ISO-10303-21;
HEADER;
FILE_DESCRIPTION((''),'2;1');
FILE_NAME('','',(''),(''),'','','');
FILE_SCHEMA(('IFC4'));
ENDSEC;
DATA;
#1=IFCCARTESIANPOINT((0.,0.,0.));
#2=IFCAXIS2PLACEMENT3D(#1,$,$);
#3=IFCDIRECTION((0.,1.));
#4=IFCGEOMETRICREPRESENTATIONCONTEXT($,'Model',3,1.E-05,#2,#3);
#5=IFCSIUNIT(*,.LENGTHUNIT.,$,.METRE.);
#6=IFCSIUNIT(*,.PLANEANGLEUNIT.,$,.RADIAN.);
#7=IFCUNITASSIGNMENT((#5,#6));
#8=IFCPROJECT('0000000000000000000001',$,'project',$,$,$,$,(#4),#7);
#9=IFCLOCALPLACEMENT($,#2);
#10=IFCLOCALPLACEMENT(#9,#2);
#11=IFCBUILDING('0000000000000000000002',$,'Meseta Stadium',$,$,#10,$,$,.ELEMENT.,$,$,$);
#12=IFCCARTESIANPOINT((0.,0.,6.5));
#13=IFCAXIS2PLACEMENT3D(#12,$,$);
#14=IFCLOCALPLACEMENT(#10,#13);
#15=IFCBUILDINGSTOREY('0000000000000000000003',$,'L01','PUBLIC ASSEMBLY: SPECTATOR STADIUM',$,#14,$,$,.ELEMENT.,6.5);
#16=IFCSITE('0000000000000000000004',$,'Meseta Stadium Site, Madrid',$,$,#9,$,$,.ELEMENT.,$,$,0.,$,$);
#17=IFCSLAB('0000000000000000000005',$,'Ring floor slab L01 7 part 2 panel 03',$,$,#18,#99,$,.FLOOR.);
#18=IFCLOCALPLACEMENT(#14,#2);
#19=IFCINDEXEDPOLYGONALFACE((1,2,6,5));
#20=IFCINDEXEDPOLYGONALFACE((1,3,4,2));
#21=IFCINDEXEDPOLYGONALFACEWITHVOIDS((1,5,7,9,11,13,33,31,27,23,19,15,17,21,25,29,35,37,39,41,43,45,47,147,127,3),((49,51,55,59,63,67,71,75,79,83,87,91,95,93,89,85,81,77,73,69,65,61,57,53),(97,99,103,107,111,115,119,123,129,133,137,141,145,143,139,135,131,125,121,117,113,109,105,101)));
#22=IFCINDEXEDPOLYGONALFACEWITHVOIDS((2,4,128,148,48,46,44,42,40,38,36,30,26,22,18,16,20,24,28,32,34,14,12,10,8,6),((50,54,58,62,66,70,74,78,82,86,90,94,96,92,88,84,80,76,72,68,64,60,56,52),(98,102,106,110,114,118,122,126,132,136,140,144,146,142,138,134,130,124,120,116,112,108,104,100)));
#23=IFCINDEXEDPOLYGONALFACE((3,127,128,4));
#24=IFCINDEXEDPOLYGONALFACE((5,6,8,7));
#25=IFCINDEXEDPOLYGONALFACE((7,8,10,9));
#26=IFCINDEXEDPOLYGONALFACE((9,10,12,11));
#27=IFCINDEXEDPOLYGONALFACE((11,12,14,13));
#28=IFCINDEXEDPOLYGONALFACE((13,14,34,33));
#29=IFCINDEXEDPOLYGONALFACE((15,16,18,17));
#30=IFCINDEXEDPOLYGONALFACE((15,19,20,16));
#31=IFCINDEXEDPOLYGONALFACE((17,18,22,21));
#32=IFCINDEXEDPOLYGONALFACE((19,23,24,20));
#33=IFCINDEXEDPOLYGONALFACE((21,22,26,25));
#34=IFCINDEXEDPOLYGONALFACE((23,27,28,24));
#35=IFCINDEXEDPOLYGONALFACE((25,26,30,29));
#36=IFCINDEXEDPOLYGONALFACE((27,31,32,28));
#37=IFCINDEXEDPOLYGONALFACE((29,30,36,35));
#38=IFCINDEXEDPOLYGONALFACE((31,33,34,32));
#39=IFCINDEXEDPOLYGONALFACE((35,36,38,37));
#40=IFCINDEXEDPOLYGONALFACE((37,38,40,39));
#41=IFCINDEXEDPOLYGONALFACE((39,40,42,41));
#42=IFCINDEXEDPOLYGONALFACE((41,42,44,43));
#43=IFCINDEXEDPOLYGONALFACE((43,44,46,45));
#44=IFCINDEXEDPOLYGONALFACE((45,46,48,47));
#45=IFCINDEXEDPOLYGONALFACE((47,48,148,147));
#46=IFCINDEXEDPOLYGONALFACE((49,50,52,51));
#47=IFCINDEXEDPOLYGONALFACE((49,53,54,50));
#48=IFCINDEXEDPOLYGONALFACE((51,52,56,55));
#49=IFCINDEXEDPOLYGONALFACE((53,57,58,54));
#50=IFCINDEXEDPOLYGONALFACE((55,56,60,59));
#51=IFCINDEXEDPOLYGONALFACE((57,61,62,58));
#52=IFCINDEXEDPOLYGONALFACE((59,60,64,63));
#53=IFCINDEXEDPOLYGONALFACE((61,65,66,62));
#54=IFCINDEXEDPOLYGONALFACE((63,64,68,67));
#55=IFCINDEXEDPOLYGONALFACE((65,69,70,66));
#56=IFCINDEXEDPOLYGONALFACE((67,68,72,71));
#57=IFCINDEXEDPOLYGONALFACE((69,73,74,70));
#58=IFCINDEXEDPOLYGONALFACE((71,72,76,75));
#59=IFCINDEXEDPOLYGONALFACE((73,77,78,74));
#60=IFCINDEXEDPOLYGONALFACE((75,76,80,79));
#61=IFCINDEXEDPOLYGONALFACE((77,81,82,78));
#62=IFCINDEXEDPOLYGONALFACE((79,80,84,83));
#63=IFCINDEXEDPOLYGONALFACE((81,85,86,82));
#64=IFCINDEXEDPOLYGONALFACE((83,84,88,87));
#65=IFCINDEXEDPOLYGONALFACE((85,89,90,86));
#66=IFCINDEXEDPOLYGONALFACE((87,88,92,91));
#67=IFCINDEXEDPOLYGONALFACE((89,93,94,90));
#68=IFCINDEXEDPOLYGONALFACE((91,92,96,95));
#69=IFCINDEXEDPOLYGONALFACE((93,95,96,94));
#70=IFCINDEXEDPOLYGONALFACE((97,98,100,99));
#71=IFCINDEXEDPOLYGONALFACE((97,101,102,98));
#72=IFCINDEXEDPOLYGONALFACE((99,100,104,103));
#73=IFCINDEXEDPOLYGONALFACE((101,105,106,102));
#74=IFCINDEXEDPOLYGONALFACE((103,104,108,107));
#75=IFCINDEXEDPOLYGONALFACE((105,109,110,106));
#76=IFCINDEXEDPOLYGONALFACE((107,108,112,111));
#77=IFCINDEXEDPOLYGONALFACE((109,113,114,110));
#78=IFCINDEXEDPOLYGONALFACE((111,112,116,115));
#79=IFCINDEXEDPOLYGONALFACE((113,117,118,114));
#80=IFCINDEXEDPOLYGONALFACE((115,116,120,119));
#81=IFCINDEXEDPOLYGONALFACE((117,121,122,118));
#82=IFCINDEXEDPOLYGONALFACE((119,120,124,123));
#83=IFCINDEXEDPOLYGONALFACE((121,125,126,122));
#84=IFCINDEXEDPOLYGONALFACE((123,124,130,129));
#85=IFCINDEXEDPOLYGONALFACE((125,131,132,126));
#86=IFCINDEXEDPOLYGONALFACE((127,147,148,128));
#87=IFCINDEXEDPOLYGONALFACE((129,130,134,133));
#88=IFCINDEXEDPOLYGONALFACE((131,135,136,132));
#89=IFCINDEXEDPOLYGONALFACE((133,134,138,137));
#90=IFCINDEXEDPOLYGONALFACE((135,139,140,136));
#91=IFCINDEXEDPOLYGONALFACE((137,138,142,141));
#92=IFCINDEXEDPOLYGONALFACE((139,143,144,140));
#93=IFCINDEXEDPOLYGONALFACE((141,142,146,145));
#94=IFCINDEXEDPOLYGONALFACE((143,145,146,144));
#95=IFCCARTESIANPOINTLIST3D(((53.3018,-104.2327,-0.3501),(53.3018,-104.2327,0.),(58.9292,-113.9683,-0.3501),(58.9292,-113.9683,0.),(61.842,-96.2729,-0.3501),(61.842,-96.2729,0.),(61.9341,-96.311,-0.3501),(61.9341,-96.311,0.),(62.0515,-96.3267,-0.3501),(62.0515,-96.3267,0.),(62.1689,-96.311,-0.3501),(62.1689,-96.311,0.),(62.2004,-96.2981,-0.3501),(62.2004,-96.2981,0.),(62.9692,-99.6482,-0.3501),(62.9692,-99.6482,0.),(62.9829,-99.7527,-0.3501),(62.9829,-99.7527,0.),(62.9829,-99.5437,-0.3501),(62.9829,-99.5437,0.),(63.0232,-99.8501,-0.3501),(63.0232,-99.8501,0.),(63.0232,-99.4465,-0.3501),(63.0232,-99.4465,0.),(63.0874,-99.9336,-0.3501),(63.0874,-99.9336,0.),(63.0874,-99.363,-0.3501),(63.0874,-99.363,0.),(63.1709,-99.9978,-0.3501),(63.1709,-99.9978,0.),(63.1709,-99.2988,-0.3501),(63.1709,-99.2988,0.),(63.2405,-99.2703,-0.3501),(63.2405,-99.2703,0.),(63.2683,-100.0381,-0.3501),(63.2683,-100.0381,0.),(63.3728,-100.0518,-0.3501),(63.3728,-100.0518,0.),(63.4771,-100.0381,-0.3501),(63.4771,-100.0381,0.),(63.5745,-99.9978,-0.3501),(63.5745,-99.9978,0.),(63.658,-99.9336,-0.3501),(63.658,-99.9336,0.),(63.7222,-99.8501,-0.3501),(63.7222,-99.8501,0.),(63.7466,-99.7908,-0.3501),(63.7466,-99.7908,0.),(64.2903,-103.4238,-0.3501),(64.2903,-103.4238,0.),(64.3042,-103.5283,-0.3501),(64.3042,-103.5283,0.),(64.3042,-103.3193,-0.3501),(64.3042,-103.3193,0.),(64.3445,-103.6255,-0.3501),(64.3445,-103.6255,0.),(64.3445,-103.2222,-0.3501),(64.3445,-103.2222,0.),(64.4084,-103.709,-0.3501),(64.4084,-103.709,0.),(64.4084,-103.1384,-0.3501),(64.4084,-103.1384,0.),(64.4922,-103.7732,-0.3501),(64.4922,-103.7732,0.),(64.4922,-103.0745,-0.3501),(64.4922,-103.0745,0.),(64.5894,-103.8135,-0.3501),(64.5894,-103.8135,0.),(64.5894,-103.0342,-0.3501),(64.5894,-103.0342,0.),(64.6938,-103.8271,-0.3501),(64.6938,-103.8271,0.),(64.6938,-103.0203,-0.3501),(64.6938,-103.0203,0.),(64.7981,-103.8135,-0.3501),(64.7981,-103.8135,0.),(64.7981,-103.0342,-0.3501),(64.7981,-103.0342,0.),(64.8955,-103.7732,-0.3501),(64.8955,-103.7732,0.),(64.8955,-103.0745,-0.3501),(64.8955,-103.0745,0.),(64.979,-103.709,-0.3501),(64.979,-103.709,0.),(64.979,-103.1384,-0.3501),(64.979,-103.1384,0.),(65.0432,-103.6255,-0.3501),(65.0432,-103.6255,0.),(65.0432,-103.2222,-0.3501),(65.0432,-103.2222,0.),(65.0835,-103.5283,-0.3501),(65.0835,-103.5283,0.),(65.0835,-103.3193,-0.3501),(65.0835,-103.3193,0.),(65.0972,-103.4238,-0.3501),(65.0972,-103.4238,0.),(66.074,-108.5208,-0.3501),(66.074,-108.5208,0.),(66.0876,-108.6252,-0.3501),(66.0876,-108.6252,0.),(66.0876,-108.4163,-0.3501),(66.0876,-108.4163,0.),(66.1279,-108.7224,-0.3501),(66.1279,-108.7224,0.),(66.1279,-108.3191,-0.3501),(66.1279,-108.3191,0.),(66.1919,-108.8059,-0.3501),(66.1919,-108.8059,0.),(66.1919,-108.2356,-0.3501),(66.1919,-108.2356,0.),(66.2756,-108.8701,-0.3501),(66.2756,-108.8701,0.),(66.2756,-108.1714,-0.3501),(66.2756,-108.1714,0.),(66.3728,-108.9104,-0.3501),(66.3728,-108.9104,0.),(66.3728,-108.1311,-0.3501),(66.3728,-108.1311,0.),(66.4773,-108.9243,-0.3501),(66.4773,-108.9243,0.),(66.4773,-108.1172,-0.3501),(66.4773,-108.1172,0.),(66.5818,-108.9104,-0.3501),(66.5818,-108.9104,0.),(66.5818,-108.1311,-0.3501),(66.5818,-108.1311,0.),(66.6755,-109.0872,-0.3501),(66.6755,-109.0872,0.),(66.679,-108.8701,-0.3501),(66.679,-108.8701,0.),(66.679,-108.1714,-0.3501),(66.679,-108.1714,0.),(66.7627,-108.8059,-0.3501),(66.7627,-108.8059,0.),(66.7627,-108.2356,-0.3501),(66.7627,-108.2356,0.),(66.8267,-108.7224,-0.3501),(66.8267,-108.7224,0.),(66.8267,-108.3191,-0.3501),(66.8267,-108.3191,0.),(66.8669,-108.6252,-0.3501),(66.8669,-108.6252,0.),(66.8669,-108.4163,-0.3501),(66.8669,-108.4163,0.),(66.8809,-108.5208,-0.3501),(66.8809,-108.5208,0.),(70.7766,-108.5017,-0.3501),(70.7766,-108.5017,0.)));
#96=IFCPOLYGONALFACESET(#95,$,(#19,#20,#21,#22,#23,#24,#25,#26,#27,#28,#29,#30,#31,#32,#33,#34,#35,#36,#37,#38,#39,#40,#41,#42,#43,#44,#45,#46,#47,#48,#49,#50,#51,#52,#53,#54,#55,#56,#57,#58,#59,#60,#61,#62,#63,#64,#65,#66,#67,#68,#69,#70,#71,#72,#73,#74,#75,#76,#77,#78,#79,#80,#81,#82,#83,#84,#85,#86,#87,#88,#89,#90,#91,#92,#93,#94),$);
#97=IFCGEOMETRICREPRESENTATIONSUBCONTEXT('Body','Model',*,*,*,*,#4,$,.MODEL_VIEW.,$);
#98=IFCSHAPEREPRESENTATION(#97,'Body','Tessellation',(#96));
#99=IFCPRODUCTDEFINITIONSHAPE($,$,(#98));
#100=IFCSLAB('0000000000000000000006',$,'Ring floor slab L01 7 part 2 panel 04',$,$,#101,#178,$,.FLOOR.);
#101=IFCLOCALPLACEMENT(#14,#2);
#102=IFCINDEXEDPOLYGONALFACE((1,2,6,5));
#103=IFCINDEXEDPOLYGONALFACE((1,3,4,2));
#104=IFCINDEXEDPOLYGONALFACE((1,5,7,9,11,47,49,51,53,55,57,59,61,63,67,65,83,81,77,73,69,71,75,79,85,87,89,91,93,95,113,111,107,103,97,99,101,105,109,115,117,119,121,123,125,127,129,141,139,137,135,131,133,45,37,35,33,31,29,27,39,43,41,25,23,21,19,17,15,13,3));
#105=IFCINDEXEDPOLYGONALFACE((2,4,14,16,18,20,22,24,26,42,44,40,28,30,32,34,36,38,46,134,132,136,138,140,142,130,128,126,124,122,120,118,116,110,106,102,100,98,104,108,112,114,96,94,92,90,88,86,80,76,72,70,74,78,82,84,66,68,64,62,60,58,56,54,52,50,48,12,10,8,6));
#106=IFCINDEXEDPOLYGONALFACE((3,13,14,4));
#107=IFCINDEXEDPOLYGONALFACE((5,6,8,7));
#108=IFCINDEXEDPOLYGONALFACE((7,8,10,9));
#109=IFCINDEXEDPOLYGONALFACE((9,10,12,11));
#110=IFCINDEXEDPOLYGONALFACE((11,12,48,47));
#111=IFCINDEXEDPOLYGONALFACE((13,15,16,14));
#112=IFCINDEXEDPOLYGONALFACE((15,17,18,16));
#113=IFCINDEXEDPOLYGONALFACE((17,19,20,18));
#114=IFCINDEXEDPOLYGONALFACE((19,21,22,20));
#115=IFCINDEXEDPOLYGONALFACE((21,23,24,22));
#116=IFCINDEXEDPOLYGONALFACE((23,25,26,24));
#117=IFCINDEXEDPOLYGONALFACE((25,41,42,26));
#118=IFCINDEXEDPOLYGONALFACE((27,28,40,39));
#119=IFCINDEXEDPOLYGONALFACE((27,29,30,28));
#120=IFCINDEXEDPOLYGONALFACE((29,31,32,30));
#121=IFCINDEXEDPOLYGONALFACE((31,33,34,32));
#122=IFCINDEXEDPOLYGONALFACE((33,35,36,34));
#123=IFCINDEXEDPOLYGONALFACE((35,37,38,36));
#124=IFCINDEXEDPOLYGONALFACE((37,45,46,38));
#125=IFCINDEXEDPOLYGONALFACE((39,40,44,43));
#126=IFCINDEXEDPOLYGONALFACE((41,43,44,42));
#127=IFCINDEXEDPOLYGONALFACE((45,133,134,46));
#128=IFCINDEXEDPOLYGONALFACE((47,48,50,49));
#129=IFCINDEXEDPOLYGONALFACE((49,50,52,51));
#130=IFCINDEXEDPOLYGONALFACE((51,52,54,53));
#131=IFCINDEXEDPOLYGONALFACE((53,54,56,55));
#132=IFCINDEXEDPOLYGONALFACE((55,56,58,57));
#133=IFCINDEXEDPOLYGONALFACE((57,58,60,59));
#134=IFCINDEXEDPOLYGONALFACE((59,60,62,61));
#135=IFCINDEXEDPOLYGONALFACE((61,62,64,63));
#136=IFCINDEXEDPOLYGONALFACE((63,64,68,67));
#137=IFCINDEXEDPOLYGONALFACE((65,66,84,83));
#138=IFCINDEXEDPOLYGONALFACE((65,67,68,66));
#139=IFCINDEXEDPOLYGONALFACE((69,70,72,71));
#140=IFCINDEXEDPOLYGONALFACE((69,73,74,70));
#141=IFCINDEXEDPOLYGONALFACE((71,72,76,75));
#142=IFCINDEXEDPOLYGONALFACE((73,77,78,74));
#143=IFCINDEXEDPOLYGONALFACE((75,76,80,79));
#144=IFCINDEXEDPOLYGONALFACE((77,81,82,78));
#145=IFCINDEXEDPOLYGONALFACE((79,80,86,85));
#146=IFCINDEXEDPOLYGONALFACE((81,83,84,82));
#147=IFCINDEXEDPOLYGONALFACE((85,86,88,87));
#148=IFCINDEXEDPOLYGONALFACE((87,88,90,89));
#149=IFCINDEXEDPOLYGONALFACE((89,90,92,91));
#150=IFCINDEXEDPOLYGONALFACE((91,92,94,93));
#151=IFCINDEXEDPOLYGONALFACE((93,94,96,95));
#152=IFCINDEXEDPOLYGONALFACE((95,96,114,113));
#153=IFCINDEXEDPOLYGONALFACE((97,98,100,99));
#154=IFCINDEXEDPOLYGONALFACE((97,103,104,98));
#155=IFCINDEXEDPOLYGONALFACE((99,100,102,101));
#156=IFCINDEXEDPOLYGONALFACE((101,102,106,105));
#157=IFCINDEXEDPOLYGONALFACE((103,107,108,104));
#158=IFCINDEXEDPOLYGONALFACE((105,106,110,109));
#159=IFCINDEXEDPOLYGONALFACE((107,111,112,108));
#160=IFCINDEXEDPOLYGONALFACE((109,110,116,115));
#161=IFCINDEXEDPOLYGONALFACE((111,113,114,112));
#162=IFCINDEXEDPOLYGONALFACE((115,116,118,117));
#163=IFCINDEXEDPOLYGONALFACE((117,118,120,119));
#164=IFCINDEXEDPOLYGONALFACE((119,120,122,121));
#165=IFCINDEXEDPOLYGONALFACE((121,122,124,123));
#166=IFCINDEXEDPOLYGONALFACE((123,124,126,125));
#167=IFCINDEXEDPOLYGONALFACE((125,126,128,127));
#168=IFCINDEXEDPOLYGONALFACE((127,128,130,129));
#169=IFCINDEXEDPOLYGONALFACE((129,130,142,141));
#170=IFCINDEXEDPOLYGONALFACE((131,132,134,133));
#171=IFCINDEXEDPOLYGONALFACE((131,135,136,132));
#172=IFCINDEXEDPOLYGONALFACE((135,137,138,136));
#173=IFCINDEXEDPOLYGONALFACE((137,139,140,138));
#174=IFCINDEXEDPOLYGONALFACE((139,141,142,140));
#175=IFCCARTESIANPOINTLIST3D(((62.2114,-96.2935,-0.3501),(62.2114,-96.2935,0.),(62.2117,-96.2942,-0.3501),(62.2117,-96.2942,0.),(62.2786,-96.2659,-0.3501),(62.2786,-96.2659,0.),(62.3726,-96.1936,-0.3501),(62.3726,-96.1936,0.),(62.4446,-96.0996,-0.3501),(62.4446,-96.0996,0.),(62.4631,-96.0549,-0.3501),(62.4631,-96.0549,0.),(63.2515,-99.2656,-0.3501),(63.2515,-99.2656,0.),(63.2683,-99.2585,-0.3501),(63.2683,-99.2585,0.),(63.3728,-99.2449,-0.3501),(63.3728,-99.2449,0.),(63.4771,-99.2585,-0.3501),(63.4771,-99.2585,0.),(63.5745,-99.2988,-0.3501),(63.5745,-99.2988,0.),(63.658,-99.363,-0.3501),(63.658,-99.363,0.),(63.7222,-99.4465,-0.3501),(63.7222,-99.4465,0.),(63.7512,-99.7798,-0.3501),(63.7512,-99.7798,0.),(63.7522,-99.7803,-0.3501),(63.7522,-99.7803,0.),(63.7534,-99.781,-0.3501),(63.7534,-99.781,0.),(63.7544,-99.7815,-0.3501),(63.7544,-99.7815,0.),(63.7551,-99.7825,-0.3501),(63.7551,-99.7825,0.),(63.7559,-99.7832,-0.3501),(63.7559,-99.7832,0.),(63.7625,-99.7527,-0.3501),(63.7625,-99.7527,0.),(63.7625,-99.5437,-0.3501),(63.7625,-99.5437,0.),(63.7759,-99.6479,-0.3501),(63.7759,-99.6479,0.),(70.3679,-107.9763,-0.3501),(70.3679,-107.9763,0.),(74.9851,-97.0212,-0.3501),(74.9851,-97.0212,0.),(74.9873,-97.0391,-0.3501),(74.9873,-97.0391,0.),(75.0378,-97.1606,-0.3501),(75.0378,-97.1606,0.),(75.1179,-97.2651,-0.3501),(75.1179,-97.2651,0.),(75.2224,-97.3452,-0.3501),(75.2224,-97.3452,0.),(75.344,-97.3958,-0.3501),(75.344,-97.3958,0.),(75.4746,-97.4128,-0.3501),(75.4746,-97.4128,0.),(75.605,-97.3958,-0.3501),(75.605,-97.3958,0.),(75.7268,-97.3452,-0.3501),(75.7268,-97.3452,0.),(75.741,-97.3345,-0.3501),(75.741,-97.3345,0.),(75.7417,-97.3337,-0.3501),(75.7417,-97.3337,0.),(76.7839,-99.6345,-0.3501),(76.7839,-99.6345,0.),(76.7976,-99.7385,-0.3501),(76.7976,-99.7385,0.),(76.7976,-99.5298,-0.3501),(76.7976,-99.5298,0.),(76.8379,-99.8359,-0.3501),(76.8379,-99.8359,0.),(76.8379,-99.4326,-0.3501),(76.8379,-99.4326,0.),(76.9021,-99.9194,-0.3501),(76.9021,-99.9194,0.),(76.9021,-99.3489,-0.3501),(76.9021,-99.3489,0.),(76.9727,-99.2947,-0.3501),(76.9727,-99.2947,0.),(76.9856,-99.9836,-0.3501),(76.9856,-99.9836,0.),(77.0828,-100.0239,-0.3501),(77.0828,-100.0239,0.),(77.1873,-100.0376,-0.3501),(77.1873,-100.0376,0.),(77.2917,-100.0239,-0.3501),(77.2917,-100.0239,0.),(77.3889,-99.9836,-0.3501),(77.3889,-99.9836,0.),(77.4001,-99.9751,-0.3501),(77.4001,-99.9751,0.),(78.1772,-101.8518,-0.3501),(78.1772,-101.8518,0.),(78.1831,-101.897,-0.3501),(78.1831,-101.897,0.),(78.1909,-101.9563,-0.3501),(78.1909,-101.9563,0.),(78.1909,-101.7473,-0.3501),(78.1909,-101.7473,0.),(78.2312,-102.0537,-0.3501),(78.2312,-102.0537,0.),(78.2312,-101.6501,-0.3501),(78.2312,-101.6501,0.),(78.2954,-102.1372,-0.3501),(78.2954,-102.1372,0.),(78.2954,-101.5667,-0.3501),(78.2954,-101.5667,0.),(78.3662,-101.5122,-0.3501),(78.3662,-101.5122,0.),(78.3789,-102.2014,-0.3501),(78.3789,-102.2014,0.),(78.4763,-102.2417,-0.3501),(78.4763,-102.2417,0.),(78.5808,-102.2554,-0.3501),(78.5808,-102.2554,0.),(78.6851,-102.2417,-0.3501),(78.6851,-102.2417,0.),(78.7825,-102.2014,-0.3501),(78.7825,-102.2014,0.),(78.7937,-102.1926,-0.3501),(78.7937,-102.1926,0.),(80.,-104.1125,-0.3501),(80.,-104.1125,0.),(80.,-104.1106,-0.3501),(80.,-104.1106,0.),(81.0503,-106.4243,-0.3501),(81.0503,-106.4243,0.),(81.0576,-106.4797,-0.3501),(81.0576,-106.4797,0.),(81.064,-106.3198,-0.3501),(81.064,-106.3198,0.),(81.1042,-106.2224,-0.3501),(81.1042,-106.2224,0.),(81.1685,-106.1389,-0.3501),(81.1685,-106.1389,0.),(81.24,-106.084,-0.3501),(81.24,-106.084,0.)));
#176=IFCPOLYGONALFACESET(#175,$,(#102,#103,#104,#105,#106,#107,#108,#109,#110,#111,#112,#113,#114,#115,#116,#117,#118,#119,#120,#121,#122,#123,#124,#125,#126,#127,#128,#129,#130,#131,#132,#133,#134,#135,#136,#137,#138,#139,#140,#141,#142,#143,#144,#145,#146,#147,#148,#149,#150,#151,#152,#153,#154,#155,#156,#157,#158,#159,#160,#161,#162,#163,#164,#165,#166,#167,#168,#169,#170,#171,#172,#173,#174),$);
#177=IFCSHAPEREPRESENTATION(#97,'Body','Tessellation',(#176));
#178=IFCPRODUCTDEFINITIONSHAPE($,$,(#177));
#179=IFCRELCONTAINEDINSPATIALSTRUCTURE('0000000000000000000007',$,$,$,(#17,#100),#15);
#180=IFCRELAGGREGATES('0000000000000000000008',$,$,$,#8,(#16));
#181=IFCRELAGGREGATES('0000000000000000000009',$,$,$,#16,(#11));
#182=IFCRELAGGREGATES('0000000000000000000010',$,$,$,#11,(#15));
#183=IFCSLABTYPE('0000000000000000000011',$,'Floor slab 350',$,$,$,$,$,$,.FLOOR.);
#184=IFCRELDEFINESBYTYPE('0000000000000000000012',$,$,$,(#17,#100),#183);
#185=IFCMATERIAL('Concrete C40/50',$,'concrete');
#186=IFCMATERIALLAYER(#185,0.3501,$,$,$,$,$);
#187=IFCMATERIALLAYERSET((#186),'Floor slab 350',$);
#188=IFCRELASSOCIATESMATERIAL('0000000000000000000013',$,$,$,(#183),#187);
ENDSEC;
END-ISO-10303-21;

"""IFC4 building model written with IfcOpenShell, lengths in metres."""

from ifc_helpers import new_model, si_unit, direction, frame, origin, place, context, subcontext, project, spatial, polyline, outline, extrude, material, layer, layer_set, type_object, element, save


model = new_model("IFC4")

# Units and contexts
model_context = context("Model", 3, precision=1e-05, world=origin(), true_north=direction((0.0, 1.0)))
body_context = subcontext(model_context, "Body", "Model", "MODEL_VIEW")
ifc_project = project(units=[si_unit("LENGTHUNIT", "METRE"), si_unit("PLANEANGLEUNIT", "RADIAN")], contexts=[model_context])

# Site, building, storey
site_placement = place(None, origin())
site = spatial("IfcSite", under=ifc_project, at=site_placement, Name="Meseta Stadium Site, Madrid", CompositionType="ELEMENT", RefElevation=0.0)
building_placement = place(site_placement, origin())
building = spatial("IfcBuilding", under=site, at=building_placement, Name="Meseta Stadium", CompositionType="ELEMENT")
storey_placement = place(building_placement, frame((0.0, 0.0, 6.5)))
storey = spatial("IfcBuildingStorey", under=building, at=storey_placement, Name="L01", Description="PUBLIC ASSEMBLY: SPECTATOR STADIUM", CompositionType="ELEMENT", Elevation=6.5)

# Slabs
ifc_material_1 = material(Name="Concrete C40/50", Category="concrete")
ifc_layer = layer(ifc_material_1, 0.3501)
ifc_layer_set = layer_set([ifc_layer], Name="Floor slab 350")
slab_type = type_object("IfcSlabType", Name="Floor slab 350", PredefinedType="FLOOR", material=ifc_layer_set)
slab_1_placement = place(storey_placement, frame((0.0, 0.0, -0.3501)))
element("IfcSlab", 1, at=slab_1_placement, inside=storey, type_object=slab_type, Name="Ring floor slab L01 7 part 2 panel 03", PredefinedType="FLOOR", context=body_context, shape_type="SweptSolid", body=[
    extrude(outline(polyline([(63.3728, -100.0518), (63.2683, -100.0381), (63.1709, -99.9978), (63.0874, -99.9336), (63.0232, -99.8501), (62.9829, -99.7527), (62.9692, -99.6482), (62.9829, -99.5437), (63.0232, -99.4465), (63.0874, -99.363), (63.1709, -99.2988), (63.2405, -99.2703), (62.2004, -96.2981), (62.1689, -96.311), (62.0515, -96.3267), (61.9341, -96.311), (61.842, -96.2729), (53.3018, -104.2327), (58.9292, -113.9683), (66.6755, -109.0872), (70.7766, -108.5017), (63.7466, -99.7908), (63.7222, -99.8501), (63.658, -99.9336), (63.5745, -99.9978), (63.4771, -100.0381), (63.3728, -100.0518)]), holes=[polyline([(66.8267, -108.3191), (66.8669, -108.4163), (66.8809, -108.5208), (66.8669, -108.6252), (66.8267, -108.7224), (66.7627, -108.8059), (66.679, -108.8701), (66.5818, -108.9104), (66.4773, -108.9243), (66.3728, -108.9104), (66.2756, -108.8701), (66.1919, -108.8059), (66.1279, -108.7224), (66.0876, -108.6252), (66.074, -108.5208), (66.0876, -108.4163), (66.1279, -108.3191), (66.1919, -108.2356), (66.2756, -108.1714), (66.3728, -108.1311), (66.4773, -108.1172), (66.5818, -108.1311), (66.679, -108.1714), (66.7627, -108.2356), (66.8267, -108.3191)]), polyline([(65.0835, -103.5283), (65.0432, -103.6255), (64.979, -103.709), (64.8955, -103.7732), (64.7981, -103.8135), (64.6938, -103.8271), (64.5894, -103.8135), (64.4922, -103.7732), (64.4084, -103.709), (64.3445, -103.6255), (64.3042, -103.5283), (64.2903, -103.4238), (64.3042, -103.3193), (64.3445, -103.2222), (64.4084, -103.1384), (64.4922, -103.0745), (64.5894, -103.0342), (64.6938, -103.0203), (64.7981, -103.0342), (64.8955, -103.0745), (64.979, -103.1384), (65.0432, -103.2222), (65.0835, -103.3193), (65.0972, -103.4238), (65.0835, -103.5283)])]), origin(), (0.0, 0.0, 1.0), 0.3501),
])
slab_2_placement = place(storey_placement, frame((0.0, 0.0, -0.3501)))
element("IfcSlab", 2, at=slab_2_placement, inside=storey, type_object=slab_type, Name="Ring floor slab L01 7 part 2 panel 04", PredefinedType="FLOOR", context=body_context, shape_type="SweptSolid", body=[
    extrude(outline(polyline([(81.1685, -106.1389), (81.24, -106.084), (80.0, -104.1106), (80.0, -104.1125), (78.7937, -102.1926), (78.7825, -102.2014), (78.6851, -102.2417), (78.5808, -102.2554), (78.4763, -102.2417), (78.3789, -102.2014), (78.2954, -102.1372), (78.2312, -102.0537), (78.1909, -101.9563), (78.1831, -101.897), (78.1772, -101.8518), (78.1909, -101.7473), (78.2312, -101.6501), (78.2954, -101.5667), (78.3662, -101.5122), (77.4001, -99.9751), (77.3889, -99.9836), (77.2917, -100.0239), (77.1873, -100.0376), (77.0828, -100.0239), (76.9856, -99.9836), (76.9021, -99.9194), (76.8379, -99.8359), (76.7976, -99.7385), (76.7839, -99.6345), (76.7976, -99.5298), (76.8379, -99.4326), (76.9021, -99.3489), (76.9727, -99.2947), (75.741, -97.3345), (75.7417, -97.3337), (75.7268, -97.3452), (75.605, -97.3958), (75.4746, -97.4128), (75.344, -97.3958), (75.2224, -97.3452), (75.1179, -97.2651), (75.0378, -97.1606), (74.9873, -97.0391), (74.9851, -97.0212), (62.4631, -96.0549), (62.4446, -96.0996), (62.3726, -96.1936), (62.2786, -96.2659), (62.2114, -96.2935), (62.2117, -96.2942), (63.2515, -99.2656), (63.2683, -99.2585), (63.3728, -99.2449), (63.4771, -99.2585), (63.5745, -99.2988), (63.658, -99.363), (63.7222, -99.4465), (63.7625, -99.5437), (63.7759, -99.6479), (63.7625, -99.7527), (63.7512, -99.7798), (63.7522, -99.7803), (63.7534, -99.781), (63.7544, -99.7815), (63.7551, -99.7825), (63.7559, -99.7832), (70.3679, -107.9763), (81.0576, -106.4797), (81.0503, -106.4243), (81.064, -106.3198), (81.1042, -106.2224), (81.1685, -106.1389)])), origin(), (0.0, 0.0, 1.0), 0.3501),
])

save(model, "model.ifc")
